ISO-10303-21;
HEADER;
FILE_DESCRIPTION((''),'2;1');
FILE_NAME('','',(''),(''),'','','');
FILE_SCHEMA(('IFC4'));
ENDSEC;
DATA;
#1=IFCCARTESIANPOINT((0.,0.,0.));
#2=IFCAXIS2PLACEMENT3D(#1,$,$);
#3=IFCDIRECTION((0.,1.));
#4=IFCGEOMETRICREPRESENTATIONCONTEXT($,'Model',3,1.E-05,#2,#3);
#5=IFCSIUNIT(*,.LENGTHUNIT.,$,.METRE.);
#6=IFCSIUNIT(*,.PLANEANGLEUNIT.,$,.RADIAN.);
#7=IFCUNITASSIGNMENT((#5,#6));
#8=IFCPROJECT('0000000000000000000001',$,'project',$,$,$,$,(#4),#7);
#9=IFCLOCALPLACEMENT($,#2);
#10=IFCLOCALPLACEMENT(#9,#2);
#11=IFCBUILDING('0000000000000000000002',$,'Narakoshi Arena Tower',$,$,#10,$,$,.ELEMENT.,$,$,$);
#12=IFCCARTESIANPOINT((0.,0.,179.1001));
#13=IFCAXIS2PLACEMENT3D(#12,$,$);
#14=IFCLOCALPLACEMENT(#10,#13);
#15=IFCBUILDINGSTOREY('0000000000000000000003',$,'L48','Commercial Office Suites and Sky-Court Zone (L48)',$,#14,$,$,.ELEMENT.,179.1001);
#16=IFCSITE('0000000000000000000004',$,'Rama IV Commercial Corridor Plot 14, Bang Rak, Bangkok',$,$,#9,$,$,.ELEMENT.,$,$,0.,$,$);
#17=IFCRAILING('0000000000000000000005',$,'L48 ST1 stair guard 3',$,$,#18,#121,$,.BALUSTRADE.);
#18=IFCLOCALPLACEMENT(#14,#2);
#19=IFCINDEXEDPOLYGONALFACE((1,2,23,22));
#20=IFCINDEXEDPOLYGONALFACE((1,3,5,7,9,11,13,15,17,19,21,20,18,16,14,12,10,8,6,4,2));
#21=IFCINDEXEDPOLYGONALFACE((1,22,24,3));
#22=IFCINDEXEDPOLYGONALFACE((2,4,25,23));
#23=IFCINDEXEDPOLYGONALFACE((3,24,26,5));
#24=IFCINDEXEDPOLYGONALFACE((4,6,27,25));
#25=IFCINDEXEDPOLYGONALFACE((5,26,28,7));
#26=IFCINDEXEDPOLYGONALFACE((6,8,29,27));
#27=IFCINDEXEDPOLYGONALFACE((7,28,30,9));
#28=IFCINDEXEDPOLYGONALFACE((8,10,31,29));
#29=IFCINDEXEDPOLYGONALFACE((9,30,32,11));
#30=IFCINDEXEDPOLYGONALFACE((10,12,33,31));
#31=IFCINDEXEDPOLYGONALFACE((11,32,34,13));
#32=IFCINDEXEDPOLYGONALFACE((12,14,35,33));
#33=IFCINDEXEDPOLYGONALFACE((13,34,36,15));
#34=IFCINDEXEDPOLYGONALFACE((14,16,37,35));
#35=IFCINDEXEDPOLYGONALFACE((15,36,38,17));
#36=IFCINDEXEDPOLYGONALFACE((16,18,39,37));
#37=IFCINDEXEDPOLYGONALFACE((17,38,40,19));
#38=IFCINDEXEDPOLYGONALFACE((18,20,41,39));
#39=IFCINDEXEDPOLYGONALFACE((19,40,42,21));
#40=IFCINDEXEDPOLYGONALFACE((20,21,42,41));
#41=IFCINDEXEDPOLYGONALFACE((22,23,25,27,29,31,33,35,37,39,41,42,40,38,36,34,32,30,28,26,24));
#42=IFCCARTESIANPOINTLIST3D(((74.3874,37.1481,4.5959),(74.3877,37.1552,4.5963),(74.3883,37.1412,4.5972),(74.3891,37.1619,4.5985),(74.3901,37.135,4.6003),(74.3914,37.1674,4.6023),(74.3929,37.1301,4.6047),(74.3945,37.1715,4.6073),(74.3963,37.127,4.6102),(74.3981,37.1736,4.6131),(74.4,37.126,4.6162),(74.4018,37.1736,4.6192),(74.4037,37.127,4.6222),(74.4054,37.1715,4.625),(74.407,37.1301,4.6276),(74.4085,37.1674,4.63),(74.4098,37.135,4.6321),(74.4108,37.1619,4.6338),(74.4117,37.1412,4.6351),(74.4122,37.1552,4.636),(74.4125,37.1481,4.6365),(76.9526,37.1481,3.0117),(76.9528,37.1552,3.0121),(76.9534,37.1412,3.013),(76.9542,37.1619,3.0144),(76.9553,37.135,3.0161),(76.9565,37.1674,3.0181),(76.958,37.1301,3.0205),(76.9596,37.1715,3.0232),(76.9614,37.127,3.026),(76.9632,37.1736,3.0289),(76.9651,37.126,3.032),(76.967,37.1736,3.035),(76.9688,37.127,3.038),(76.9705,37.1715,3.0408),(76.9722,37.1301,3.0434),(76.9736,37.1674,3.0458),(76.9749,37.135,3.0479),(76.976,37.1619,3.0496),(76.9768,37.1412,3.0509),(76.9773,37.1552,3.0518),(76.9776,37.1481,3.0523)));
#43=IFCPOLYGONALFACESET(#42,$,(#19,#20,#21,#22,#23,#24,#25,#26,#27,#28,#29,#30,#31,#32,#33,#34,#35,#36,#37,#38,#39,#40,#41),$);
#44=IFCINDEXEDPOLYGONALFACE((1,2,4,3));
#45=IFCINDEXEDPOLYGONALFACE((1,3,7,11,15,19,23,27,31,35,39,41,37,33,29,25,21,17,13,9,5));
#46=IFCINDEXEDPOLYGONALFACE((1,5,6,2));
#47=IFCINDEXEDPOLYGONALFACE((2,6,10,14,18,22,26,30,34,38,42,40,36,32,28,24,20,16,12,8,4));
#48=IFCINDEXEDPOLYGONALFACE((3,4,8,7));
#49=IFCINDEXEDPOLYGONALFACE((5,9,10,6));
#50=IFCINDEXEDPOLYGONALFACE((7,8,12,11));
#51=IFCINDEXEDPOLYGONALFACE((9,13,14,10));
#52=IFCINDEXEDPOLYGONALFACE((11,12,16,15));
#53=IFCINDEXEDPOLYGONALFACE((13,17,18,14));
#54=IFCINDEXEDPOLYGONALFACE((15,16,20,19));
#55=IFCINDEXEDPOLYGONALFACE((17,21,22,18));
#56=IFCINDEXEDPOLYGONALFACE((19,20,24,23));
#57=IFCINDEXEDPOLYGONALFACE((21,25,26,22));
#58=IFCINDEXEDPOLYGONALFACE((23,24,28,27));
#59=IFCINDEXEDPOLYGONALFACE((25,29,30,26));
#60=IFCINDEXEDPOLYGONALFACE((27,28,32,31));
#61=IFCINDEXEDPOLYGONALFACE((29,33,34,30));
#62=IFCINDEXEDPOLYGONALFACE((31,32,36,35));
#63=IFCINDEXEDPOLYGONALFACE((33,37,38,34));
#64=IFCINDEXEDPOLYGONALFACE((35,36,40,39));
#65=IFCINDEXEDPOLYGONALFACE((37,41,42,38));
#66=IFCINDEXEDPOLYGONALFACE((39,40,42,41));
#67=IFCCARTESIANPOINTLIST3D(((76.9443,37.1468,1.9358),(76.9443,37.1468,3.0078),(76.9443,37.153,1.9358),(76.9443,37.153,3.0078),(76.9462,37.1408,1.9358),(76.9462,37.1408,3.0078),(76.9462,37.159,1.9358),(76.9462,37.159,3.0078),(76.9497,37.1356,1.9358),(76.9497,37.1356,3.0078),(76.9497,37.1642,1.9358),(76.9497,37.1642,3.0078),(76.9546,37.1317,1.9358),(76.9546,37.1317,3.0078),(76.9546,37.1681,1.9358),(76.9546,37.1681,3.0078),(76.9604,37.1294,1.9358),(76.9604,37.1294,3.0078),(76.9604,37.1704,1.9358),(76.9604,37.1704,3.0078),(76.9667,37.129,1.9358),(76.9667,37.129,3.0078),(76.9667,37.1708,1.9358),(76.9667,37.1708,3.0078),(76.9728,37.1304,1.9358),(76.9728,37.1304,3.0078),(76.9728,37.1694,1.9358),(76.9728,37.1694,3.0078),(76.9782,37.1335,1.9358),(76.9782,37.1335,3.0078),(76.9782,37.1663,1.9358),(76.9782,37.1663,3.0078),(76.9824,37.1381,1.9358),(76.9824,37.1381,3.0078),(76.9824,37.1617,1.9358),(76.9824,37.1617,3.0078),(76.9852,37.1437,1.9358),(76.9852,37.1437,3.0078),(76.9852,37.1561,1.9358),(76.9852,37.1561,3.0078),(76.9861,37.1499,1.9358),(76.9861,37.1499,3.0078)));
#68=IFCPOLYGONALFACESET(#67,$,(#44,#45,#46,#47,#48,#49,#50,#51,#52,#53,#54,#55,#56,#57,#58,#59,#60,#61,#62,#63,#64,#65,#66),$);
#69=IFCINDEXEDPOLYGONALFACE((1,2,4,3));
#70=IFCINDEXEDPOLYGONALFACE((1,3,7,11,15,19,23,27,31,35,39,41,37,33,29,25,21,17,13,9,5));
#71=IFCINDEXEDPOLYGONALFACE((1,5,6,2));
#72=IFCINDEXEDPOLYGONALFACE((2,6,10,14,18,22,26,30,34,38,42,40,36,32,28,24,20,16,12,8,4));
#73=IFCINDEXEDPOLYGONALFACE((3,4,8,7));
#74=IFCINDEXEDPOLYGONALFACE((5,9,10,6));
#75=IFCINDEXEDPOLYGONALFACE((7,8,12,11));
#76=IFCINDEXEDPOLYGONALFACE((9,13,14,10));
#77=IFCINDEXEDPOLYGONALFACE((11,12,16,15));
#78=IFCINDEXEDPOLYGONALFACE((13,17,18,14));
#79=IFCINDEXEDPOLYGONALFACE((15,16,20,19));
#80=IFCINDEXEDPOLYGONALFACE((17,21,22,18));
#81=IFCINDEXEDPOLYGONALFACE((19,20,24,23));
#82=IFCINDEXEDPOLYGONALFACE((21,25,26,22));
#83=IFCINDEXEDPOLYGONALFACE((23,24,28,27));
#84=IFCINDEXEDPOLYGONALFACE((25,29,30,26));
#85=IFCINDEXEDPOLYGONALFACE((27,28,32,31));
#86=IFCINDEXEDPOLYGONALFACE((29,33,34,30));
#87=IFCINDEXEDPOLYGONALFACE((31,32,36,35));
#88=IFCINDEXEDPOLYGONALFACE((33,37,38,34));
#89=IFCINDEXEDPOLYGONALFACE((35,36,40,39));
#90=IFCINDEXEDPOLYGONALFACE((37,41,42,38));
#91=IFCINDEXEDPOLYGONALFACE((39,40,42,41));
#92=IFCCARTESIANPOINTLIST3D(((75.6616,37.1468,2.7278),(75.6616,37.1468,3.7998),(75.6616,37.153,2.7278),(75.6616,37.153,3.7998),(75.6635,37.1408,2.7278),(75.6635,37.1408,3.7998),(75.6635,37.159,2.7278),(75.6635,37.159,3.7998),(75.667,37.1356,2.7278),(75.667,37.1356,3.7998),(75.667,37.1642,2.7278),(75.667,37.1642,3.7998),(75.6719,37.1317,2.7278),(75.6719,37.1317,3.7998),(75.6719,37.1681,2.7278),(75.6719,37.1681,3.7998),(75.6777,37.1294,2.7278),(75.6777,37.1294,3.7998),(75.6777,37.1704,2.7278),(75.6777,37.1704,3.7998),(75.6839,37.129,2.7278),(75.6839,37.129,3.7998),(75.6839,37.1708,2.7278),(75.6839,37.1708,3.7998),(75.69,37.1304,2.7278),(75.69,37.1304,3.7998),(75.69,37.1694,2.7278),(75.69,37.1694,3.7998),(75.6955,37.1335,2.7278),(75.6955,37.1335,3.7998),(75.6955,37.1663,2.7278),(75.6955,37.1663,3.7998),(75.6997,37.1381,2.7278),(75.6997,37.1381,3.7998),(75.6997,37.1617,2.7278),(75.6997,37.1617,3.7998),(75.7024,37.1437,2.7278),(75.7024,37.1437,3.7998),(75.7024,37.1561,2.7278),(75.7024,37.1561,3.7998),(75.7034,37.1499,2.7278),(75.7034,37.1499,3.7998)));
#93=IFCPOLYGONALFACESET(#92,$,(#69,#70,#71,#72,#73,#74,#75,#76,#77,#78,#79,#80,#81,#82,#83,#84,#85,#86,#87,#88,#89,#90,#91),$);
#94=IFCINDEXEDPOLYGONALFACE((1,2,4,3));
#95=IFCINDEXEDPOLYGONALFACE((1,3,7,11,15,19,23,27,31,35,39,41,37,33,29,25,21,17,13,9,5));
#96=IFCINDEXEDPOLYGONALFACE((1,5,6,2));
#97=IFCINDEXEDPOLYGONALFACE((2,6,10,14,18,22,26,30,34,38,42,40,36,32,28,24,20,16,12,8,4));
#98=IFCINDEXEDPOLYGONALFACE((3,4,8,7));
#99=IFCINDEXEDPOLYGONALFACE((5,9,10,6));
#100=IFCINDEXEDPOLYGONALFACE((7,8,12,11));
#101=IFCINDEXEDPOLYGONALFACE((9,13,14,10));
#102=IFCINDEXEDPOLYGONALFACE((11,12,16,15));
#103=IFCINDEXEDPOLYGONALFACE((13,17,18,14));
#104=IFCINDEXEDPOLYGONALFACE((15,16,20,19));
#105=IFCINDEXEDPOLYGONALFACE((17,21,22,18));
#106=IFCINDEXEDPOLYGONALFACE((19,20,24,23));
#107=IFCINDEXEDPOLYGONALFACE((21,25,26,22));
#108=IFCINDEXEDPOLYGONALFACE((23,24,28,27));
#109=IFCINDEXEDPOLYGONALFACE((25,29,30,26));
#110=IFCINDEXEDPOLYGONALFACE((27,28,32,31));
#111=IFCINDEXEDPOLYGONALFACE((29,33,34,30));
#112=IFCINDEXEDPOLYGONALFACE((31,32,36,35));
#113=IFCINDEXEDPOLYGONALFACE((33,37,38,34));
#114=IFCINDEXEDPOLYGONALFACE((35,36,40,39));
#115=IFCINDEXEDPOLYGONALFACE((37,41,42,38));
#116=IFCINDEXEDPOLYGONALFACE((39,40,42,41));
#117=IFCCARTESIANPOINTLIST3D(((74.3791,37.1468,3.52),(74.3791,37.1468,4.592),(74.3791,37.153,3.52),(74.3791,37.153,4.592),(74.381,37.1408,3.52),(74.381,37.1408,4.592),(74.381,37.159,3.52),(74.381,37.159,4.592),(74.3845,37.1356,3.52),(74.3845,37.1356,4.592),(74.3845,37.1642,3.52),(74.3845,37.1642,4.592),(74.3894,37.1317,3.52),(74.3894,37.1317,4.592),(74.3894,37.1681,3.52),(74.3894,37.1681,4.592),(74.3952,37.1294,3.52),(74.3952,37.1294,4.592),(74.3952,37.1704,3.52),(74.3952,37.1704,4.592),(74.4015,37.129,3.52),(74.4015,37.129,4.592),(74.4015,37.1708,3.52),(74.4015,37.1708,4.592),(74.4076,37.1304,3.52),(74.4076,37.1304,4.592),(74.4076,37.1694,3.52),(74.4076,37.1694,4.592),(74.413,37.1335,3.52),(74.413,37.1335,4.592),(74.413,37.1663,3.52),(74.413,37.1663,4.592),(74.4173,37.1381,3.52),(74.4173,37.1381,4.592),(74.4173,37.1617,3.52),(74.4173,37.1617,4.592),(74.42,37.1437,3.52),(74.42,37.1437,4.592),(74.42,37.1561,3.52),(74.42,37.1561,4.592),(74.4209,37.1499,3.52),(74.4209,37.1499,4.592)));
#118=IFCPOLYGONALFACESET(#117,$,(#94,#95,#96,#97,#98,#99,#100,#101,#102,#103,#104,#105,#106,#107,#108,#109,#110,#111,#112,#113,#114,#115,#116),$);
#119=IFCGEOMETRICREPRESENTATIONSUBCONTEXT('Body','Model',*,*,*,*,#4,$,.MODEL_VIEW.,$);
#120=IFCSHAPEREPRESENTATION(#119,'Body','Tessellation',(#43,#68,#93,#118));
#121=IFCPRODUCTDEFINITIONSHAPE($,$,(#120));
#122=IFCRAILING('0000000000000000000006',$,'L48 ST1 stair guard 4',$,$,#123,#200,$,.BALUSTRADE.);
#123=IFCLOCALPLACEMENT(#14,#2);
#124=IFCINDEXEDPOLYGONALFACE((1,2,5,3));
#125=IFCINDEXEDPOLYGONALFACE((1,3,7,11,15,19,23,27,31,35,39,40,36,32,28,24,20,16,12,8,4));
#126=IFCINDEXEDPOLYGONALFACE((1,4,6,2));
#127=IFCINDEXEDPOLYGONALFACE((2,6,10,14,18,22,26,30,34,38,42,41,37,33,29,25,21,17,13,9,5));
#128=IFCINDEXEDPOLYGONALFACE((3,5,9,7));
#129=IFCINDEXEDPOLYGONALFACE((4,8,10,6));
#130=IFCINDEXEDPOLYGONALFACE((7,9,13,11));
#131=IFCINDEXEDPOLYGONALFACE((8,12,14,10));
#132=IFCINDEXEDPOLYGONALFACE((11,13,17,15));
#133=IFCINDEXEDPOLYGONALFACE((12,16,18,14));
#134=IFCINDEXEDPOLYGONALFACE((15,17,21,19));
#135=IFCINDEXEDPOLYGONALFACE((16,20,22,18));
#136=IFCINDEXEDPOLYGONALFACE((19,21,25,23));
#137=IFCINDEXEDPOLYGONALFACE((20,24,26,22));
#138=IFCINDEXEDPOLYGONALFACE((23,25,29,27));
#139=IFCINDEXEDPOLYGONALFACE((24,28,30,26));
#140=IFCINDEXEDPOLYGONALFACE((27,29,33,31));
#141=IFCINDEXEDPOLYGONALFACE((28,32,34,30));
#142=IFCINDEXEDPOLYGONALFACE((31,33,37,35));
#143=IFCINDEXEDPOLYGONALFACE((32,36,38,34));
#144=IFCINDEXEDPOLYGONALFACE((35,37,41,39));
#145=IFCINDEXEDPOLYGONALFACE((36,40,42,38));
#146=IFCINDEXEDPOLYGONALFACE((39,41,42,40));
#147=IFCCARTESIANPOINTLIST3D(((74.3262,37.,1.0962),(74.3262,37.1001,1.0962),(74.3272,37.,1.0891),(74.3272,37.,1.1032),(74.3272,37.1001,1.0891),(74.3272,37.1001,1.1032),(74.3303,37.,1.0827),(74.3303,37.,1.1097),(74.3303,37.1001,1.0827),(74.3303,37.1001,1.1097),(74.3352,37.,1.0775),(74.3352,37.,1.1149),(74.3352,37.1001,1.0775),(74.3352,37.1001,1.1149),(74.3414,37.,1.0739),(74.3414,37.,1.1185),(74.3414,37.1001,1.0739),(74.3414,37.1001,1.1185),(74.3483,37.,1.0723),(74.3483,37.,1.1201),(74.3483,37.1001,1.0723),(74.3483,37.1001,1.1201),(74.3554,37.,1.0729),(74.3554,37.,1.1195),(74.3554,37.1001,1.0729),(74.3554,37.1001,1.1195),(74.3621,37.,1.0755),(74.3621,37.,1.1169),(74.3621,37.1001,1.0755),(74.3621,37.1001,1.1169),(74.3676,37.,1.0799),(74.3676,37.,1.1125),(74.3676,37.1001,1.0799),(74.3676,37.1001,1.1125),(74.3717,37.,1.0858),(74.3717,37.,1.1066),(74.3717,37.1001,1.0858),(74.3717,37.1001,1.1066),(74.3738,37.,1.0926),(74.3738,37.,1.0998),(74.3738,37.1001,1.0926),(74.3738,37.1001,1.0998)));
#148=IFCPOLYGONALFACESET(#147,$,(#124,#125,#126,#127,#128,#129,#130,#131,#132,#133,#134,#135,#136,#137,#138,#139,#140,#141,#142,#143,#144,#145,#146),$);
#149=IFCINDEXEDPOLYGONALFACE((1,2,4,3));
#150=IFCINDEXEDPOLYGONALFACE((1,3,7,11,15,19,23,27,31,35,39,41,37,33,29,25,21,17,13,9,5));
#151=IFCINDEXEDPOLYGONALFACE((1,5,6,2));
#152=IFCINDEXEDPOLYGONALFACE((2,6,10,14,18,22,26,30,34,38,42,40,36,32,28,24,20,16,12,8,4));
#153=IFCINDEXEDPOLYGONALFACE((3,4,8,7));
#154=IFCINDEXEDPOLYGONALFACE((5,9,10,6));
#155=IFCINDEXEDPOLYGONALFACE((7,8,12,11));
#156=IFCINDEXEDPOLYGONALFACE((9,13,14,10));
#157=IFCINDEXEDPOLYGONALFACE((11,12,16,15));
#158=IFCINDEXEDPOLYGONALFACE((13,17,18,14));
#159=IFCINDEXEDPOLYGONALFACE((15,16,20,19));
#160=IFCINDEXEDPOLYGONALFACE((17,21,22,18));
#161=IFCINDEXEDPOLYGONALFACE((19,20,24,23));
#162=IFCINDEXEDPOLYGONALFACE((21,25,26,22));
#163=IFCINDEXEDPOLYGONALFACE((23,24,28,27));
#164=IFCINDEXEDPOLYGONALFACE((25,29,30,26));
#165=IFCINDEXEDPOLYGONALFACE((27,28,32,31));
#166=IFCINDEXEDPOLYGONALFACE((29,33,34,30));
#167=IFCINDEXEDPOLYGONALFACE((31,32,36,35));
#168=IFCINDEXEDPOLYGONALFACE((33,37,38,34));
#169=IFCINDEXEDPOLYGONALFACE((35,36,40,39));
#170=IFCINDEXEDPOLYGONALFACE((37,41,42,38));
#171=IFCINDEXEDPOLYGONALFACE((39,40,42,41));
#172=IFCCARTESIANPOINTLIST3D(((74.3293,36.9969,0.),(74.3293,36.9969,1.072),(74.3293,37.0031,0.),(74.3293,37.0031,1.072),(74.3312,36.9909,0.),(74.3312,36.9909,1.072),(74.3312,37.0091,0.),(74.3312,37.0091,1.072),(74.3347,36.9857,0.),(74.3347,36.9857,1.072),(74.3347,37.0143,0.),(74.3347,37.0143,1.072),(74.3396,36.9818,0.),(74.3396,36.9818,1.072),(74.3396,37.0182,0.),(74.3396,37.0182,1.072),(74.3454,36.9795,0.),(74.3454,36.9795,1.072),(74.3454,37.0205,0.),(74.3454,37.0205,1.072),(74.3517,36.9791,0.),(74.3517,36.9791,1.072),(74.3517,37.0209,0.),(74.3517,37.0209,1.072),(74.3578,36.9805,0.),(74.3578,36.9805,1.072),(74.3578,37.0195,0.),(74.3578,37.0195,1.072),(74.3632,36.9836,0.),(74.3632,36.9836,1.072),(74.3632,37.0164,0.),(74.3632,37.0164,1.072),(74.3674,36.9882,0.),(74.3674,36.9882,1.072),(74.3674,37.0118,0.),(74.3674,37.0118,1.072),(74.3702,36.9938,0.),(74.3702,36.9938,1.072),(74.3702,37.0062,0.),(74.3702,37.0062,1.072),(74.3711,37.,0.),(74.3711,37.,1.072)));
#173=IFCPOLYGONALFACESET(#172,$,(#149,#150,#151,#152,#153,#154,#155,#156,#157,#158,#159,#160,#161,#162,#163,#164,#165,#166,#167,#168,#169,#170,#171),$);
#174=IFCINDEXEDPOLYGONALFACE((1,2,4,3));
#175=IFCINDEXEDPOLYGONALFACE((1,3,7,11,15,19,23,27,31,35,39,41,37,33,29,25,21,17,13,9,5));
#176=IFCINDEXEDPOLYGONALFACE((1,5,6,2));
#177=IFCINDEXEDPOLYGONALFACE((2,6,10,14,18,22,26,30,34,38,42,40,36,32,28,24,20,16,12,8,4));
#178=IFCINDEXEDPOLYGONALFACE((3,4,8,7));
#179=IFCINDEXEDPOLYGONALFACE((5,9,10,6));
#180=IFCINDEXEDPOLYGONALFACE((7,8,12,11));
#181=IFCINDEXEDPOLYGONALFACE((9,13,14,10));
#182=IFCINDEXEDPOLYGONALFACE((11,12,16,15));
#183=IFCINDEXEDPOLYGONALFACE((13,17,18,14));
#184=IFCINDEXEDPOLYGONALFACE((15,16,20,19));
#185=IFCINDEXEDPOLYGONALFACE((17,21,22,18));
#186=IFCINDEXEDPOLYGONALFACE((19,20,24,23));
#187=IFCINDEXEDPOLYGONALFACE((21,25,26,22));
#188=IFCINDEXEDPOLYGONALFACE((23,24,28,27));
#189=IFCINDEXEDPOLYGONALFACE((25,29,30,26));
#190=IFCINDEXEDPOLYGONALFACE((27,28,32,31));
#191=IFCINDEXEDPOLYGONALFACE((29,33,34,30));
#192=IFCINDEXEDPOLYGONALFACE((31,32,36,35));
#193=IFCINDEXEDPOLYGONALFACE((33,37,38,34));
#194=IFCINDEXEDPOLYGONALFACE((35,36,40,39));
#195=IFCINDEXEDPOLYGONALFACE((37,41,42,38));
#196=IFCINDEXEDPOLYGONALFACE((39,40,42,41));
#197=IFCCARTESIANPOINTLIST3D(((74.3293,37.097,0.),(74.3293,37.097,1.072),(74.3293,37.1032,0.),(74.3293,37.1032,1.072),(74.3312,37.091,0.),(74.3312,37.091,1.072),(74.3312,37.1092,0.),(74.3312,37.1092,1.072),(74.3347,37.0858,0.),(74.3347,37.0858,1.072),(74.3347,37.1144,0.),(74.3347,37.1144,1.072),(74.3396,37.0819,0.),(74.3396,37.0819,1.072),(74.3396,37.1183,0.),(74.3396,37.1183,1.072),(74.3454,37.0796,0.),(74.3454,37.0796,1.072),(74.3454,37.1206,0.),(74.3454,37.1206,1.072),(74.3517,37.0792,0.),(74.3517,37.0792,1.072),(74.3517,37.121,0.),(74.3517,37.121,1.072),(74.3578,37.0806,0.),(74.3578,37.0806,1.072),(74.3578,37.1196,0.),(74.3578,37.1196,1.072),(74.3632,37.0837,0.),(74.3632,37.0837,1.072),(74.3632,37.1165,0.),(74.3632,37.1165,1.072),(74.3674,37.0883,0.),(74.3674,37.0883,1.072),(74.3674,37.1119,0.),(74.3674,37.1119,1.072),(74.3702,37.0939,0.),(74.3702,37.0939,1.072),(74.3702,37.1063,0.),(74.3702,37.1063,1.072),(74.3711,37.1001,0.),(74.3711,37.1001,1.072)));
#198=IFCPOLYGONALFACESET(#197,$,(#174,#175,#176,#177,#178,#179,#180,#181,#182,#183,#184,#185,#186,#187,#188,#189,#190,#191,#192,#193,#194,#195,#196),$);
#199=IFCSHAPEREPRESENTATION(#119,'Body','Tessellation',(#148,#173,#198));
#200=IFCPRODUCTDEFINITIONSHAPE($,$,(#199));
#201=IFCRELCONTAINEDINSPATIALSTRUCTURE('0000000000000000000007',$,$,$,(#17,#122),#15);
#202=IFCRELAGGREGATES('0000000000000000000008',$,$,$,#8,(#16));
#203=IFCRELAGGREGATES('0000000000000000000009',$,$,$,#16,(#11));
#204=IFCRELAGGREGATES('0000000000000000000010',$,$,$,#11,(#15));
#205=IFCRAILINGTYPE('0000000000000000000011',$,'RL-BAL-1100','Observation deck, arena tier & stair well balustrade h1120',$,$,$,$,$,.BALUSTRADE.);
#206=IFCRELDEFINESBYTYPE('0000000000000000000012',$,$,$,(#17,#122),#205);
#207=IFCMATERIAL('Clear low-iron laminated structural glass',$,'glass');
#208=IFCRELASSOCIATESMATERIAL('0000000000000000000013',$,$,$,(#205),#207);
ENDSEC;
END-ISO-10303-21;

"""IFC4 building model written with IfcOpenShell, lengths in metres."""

from ifc_helpers import new_model, si_unit, direction, frame, origin, origin_2d, place, context, subcontext, project, spatial, circle, extrude, material, type_object, element, save


model = new_model("IFC4")

# Units and contexts
model_context = context("Model", 3, precision=1e-05, world=origin(), true_north=direction((0.0, 1.0)))
body_context = subcontext(model_context, "Body", "Model", "MODEL_VIEW")
ifc_project = project(units=[si_unit("LENGTHUNIT", "METRE"), si_unit("PLANEANGLEUNIT", "RADIAN")], contexts=[model_context])

# Site, building, storey
site_placement = place(None, origin())
site = spatial("IfcSite", under=ifc_project, at=site_placement, Name="Rama IV Commercial Corridor Plot 14, Bang Rak, Bangkok", CompositionType="ELEMENT", RefElevation=0.0)
building_placement = place(site_placement, origin())
building = spatial("IfcBuilding", under=site, at=building_placement, Name="Narakoshi Arena Tower", CompositionType="ELEMENT")
storey_placement = place(building_placement, frame((0.0, 0.0, 179.1001)))
storey = spatial("IfcBuildingStorey", under=building, at=storey_placement, Name="L48", Description="Commercial Office Suites and Sky-Court Zone (L48)", CompositionType="ELEMENT", Elevation=179.1001)

# Railings
ifc_material_1 = material(Name="Clear low-iron laminated structural glass", Category="glass")
railing_type_1 = type_object("IfcRailingType", Name="RL-BAL-1100", Description="Observation deck, arena tier & stair well balustrade h1120", PredefinedType="BALUSTRADE", material=ifc_material_1)
railing_1_placement = place(storey_placement, frame((76.9651, 37.1499, 1.9358)))
element("IfcRailing", 1, at=railing_1_placement, inside=storey, type_object=railing_type_1, Name="L48 ST1 stair guard 3", PredefinedType="BALUSTRADE", context=body_context, shape_type="SweptSolid", body=[
    extrude(circle(Radius=0.0239, at=origin_2d()), frame((0.0, 0.0, 1.0962), z_axis=(-0.85082, 0.0, 0.525457), x_axis=(0.0, -1.0, 0.0)), (0.0, 0.0, 1.0), 3.0149),
    extrude(circle(Radius=0.021, at=origin_2d()), origin(), (0.0, 0.0, 1.0), 1.072),
    extrude(circle(Radius=0.021, at=origin_2d()), frame((-1.2827, 0.0, 0.792)), (0.0, 0.0, 1.0), 1.072),
    extrude(circle(Radius=0.021, at=origin_2d()), frame((-2.5652, 0.0, 1.5842)), (0.0, 0.0, 1.0), 1.072),
])
railing_2_placement = place(storey_placement, frame((74.3501, 37.0, 0.0)))
element("IfcRailing", 2, at=railing_2_placement, inside=storey, type_object=railing_type_1, Name="L48 ST1 stair guard 4", PredefinedType="BALUSTRADE", context=body_context, shape_type="SweptSolid", body=[
    extrude(circle(Radius=0.0239, at=origin_2d()), frame((0.0, 0.0, 1.0962), z_axis=(0.0, 1.0, 0.0), x_axis=(-1.0, 0.0, 0.0)), (0.0, 0.0, 1.0), 0.1001),
    extrude(circle(Radius=0.021, at=origin_2d()), origin(), (0.0, 0.0, 1.0), 1.072),
    extrude(circle(Radius=0.021, at=origin_2d()), frame((0.0, 0.1001, 0.0)), (0.0, 0.0, 1.0), 1.072),
])

save(model, "model.ifc")
